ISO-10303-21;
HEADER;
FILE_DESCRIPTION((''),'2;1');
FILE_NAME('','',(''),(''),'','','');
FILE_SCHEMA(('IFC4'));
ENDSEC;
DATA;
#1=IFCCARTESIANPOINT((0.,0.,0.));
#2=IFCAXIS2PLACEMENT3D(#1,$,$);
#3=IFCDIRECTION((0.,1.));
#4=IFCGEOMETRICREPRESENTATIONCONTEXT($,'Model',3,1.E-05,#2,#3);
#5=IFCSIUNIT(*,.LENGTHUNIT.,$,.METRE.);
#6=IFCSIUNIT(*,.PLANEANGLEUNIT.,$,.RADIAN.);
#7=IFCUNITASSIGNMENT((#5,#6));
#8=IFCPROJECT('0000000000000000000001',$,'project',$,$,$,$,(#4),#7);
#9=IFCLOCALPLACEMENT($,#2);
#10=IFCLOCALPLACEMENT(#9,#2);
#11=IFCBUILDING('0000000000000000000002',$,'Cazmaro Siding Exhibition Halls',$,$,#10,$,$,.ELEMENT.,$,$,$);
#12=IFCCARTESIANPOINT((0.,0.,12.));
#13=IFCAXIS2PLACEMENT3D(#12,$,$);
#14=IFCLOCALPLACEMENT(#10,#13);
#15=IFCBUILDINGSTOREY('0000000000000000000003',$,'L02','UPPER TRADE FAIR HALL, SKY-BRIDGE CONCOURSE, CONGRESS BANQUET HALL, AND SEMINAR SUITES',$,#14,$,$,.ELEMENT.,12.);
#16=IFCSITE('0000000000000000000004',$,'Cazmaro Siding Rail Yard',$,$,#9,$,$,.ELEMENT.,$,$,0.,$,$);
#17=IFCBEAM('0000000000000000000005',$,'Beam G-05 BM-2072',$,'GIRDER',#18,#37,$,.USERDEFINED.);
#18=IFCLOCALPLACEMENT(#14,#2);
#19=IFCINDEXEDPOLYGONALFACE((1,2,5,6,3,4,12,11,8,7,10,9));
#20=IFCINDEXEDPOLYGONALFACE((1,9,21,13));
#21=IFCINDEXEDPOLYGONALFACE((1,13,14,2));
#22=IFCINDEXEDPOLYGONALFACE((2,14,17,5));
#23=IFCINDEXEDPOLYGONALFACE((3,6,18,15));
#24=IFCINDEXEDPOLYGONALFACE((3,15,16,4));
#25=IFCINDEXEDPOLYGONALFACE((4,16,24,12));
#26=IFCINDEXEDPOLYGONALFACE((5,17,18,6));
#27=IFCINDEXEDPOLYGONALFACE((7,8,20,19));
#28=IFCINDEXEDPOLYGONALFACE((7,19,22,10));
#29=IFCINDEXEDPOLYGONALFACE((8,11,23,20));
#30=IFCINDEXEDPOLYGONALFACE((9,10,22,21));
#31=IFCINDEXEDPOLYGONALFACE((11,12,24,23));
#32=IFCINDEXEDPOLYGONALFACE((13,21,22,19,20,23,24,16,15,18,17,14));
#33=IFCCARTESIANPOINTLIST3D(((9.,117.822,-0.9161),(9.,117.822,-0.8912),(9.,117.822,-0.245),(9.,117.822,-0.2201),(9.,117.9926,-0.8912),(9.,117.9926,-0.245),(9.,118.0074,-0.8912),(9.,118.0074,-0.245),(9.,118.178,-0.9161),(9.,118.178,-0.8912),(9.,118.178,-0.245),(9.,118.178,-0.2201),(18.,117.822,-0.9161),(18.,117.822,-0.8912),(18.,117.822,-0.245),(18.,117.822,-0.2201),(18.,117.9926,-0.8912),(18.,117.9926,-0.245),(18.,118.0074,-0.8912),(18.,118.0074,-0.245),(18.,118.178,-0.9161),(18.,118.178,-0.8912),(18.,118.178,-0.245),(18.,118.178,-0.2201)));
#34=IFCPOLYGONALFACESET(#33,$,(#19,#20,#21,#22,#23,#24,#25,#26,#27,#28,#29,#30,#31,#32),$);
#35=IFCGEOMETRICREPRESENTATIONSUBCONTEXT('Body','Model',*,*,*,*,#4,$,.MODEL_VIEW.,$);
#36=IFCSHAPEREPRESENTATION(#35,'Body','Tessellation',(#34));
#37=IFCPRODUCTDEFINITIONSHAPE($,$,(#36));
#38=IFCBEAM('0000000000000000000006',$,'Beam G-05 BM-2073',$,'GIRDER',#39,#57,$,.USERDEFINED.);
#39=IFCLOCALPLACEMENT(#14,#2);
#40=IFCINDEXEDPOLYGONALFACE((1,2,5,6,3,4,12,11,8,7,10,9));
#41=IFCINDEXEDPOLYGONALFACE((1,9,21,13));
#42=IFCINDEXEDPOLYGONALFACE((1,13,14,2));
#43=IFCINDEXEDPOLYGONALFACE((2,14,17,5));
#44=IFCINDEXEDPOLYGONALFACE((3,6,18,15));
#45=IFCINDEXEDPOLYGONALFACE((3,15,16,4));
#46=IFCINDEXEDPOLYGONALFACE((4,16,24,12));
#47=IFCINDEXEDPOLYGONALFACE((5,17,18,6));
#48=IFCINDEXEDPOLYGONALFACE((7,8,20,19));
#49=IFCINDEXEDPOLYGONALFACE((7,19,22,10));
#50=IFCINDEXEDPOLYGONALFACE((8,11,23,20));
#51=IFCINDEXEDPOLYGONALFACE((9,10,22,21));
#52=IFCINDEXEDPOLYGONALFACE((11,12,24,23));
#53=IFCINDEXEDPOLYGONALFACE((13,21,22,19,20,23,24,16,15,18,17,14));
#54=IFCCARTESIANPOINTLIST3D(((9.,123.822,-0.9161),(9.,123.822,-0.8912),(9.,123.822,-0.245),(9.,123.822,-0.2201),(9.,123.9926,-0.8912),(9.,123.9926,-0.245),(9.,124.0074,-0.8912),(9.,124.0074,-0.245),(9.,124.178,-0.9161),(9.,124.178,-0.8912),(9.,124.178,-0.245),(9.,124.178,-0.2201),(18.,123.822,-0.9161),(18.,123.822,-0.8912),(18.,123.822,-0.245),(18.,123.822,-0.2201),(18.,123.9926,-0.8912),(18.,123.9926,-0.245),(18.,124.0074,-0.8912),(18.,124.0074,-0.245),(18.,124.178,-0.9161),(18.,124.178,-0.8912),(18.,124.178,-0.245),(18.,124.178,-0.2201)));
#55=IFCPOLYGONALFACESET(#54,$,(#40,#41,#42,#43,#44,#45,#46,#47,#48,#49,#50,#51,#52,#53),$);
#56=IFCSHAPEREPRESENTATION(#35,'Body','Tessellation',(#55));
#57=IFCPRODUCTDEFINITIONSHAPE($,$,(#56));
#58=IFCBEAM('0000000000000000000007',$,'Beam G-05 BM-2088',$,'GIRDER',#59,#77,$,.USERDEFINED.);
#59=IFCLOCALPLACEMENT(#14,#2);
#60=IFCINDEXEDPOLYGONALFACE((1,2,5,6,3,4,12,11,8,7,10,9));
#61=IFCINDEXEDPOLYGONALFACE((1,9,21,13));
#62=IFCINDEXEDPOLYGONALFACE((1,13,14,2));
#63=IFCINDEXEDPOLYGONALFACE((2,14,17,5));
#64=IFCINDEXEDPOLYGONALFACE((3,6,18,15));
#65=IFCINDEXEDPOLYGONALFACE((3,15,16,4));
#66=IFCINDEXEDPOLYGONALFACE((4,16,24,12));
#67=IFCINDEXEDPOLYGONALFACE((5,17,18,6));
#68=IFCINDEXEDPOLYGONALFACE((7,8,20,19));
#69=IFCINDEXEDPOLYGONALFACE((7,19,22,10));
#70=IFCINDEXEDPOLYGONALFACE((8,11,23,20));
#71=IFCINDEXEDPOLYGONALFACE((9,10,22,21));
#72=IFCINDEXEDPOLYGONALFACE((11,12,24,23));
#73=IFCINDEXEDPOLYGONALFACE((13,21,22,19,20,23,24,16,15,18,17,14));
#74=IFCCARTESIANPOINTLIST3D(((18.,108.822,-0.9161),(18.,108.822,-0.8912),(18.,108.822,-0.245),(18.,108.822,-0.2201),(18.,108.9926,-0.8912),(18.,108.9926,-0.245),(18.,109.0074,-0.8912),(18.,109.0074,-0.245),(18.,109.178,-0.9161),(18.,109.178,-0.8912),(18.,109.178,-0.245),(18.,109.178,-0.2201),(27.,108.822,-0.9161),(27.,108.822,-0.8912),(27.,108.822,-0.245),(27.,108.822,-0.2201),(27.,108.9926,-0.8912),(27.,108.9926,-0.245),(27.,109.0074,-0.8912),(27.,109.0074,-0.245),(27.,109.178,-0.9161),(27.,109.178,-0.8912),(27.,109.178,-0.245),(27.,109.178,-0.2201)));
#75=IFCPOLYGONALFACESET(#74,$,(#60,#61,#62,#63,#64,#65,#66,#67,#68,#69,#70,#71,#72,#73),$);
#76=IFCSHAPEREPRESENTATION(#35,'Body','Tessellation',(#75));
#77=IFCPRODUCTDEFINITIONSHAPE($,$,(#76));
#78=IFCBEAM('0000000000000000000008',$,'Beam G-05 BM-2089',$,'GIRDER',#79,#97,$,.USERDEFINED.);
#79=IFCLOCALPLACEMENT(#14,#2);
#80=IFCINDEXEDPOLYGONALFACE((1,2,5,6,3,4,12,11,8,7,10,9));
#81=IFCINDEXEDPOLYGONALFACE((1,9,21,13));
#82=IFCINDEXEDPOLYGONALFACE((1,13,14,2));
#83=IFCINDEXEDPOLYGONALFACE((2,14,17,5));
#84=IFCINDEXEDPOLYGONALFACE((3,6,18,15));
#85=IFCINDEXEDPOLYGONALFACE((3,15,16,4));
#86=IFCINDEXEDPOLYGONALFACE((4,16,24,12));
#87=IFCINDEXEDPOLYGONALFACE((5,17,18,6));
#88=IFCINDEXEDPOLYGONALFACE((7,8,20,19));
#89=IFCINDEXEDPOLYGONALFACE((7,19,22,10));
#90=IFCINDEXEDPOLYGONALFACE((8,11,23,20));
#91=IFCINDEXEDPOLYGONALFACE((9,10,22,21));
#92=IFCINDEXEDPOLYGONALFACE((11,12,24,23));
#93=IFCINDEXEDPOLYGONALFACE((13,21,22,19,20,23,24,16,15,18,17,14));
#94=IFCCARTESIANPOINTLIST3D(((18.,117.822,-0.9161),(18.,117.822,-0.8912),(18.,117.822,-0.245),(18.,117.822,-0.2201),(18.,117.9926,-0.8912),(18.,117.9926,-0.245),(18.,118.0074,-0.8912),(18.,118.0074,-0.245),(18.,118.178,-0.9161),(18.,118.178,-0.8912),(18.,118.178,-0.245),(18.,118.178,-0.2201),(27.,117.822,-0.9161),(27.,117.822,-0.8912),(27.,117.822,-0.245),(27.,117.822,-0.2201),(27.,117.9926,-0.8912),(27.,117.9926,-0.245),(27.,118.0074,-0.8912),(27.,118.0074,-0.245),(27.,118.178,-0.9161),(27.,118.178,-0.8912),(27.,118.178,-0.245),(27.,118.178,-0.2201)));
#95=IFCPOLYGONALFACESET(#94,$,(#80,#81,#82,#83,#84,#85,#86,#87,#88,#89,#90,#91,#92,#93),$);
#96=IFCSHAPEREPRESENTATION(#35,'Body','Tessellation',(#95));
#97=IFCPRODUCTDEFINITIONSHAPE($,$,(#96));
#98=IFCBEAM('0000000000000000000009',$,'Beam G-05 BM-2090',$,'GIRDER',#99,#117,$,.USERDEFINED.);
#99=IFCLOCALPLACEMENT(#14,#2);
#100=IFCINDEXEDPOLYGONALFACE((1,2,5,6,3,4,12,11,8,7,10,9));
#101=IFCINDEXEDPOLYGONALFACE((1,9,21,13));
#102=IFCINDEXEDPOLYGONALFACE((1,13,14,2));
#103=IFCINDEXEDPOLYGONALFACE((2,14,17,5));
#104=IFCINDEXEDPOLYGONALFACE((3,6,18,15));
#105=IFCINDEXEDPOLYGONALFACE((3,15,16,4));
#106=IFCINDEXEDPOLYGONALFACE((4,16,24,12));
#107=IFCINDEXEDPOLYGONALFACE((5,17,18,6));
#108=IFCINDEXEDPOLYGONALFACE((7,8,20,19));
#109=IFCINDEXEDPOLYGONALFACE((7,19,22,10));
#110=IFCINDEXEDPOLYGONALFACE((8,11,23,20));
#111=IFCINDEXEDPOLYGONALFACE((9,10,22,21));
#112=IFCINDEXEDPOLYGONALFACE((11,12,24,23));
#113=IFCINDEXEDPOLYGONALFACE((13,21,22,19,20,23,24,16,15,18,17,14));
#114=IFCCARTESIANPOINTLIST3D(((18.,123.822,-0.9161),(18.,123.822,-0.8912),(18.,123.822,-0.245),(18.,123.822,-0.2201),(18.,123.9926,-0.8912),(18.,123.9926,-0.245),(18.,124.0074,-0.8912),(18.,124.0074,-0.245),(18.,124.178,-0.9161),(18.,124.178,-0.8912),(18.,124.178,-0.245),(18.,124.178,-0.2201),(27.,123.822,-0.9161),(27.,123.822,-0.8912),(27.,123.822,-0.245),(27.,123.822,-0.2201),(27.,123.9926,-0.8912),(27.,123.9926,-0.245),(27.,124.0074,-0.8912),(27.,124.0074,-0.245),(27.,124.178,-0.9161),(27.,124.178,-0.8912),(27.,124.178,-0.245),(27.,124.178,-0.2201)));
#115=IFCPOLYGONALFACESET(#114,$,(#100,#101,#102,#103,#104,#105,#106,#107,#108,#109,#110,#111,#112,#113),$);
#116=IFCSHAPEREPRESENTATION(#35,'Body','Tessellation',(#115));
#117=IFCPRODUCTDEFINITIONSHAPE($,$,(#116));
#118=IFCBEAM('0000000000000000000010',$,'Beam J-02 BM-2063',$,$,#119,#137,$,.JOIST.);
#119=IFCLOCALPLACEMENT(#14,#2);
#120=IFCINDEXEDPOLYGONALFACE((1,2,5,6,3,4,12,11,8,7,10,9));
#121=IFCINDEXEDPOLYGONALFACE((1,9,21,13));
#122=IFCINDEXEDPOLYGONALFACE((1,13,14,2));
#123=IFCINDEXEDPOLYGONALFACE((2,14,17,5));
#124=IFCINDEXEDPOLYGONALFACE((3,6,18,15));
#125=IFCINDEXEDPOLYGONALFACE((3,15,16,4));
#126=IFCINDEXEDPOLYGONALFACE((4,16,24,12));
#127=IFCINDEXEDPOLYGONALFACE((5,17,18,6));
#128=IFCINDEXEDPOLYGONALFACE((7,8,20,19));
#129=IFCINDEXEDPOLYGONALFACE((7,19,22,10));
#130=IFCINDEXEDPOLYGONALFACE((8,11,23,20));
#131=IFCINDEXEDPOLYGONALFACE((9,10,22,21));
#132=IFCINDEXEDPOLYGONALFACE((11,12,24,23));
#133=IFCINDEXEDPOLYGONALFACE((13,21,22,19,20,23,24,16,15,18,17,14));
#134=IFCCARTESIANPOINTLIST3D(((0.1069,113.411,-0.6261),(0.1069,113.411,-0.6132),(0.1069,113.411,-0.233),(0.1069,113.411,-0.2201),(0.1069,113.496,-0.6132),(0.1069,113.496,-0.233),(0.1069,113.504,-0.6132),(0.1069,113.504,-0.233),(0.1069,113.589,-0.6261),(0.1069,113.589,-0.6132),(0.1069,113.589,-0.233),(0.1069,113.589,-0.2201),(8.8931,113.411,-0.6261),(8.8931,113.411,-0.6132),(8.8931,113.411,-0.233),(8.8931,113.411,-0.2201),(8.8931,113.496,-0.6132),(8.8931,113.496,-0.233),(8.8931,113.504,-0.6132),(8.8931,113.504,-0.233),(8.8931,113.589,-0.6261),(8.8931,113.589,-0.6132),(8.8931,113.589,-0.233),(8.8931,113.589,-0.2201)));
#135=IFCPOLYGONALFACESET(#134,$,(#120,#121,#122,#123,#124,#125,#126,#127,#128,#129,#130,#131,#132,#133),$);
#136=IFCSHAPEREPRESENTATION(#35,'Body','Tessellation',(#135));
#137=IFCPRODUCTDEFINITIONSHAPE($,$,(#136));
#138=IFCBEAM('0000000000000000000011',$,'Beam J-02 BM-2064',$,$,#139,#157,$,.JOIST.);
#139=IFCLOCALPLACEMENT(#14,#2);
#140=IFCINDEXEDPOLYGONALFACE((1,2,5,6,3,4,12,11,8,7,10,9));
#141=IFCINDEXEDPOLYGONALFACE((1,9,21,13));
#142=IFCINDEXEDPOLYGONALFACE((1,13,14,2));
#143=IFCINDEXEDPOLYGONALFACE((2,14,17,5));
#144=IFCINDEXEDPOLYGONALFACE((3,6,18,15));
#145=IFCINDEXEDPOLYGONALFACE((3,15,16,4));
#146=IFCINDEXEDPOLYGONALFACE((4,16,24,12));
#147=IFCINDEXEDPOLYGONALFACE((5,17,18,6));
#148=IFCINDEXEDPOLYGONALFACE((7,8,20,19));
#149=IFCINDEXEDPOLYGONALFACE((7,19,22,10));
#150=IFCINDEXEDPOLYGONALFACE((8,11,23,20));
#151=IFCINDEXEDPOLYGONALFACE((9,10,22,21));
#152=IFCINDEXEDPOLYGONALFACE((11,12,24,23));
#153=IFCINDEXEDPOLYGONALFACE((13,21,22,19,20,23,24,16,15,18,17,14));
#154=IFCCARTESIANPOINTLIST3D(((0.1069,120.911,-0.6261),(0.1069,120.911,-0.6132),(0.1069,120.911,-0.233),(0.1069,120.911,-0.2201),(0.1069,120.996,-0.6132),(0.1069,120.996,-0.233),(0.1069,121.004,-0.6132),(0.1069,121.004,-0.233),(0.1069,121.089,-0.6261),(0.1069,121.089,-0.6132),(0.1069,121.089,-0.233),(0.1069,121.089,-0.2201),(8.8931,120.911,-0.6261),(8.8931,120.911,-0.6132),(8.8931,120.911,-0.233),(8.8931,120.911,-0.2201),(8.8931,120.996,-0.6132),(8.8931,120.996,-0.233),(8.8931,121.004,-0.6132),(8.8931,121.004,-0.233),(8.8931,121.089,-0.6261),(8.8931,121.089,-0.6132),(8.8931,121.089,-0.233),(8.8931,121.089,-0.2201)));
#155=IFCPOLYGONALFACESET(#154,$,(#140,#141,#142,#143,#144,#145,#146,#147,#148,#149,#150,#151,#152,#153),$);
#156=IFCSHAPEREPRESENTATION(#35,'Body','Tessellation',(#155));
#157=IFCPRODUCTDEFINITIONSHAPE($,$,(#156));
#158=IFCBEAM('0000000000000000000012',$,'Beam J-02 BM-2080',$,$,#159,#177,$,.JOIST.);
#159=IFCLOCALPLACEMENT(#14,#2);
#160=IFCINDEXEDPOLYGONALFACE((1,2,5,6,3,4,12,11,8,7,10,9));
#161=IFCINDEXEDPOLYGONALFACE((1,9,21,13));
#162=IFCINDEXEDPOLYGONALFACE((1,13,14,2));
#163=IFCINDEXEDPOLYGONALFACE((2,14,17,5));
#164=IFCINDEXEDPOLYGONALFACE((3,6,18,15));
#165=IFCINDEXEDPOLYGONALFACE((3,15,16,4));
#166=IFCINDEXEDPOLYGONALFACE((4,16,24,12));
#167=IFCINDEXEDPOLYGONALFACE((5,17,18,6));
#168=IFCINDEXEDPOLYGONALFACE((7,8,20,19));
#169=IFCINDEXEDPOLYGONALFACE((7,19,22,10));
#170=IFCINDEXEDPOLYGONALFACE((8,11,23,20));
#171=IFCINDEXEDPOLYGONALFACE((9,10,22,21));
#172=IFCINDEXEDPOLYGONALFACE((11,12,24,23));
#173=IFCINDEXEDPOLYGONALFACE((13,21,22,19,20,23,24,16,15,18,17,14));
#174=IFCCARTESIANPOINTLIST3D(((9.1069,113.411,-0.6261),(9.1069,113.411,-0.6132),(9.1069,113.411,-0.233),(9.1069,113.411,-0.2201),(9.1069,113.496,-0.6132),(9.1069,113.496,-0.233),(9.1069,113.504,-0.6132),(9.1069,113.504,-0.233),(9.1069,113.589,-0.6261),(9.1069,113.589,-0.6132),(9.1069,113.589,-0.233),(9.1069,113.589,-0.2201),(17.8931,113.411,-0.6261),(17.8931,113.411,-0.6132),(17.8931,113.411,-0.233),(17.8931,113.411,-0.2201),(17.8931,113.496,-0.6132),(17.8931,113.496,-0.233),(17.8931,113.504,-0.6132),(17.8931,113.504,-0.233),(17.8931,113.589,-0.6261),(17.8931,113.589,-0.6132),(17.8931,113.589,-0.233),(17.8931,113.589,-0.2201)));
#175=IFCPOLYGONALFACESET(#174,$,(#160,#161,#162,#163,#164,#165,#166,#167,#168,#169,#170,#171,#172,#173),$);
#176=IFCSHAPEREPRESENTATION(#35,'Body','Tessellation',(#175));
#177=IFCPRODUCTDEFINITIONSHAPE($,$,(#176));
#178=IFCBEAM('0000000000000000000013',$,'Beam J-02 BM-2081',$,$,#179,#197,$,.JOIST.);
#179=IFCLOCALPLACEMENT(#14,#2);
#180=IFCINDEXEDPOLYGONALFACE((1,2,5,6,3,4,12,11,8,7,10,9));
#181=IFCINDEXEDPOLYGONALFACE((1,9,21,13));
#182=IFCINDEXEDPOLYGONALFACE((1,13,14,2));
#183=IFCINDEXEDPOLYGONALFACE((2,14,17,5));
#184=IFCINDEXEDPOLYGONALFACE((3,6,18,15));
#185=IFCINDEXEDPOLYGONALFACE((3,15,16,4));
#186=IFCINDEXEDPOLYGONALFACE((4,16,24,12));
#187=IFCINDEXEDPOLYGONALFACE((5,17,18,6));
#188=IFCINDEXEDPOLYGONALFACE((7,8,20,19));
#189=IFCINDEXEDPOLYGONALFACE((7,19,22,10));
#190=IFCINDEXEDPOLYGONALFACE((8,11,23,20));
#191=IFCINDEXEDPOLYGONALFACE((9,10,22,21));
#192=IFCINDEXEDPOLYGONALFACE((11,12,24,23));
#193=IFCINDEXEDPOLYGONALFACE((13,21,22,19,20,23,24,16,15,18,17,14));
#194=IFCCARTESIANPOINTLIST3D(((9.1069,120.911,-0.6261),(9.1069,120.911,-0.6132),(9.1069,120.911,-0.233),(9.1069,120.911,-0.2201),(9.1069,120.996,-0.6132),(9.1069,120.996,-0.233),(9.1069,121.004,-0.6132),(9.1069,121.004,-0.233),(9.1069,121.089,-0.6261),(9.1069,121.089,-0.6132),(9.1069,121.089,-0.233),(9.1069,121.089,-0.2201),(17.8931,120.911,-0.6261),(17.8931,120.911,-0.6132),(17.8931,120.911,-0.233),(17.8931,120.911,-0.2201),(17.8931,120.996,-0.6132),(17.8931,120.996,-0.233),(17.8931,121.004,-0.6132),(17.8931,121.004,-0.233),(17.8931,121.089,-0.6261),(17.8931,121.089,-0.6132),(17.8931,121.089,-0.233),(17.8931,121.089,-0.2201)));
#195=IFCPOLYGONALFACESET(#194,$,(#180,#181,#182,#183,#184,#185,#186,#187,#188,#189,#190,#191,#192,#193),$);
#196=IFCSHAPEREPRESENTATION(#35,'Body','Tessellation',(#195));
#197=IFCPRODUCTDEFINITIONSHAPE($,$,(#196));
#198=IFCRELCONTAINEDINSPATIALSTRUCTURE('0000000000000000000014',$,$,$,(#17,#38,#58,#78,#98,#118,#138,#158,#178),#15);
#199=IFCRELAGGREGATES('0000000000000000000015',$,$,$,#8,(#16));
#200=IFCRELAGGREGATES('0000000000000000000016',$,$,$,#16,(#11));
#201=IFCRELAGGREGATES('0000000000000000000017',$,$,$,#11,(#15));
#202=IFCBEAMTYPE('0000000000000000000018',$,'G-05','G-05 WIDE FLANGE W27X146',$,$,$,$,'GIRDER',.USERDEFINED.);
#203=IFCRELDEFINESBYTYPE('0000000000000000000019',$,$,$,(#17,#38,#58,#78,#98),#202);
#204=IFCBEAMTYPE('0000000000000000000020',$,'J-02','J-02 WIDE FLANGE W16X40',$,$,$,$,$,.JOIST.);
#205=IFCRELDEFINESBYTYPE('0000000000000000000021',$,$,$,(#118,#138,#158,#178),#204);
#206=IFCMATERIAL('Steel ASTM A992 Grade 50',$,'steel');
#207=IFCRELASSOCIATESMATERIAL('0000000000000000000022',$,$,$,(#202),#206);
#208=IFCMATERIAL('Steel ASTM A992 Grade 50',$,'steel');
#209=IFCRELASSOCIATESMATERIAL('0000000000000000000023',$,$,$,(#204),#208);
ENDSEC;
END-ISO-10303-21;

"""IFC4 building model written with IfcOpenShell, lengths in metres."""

from ifc_helpers import new_model, si_unit, direction, frame, origin, origin_2d, place, context, subcontext, project, spatial, i_section, extrude, material, material_profile, profile_set, type_object, element, save


model = new_model("IFC4")

# Units and contexts
model_context = context("Model", 3, precision=1e-05, world=origin(), true_north=direction((0.0, 1.0)))
body_context = subcontext(model_context, "Body", "Model", "MODEL_VIEW")
ifc_project = project(units=[si_unit("LENGTHUNIT", "METRE"), si_unit("PLANEANGLEUNIT", "RADIAN")], contexts=[model_context])

# Site, building, storey
site_placement = place(None, origin())
site = spatial("IfcSite", under=ifc_project, at=site_placement, Name="Cazmaro Siding Rail Yard", CompositionType="ELEMENT", RefElevation=0.0)
building_placement = place(site_placement, origin())
building = spatial("IfcBuilding", under=site, at=building_placement, Name="Cazmaro Siding Exhibition Halls", CompositionType="ELEMENT")
storey_placement = place(building_placement, frame((0.0, 0.0, 12.0)))
storey = spatial("IfcBuildingStorey", under=building, at=storey_placement, Name="L02", Description="UPPER TRADE FAIR HALL, SKY-BRIDGE CONCOURSE, CONGRESS BANQUET HALL, AND SEMINAR SUITES", CompositionType="ELEMENT", Elevation=12.0)

# Beams
ifc_material_1 = material(Name="Steel ASTM A992 Grade 50", Category="steel")
ifc_material_profile_1 = material_profile(ifc_material_1, i_section(OverallWidth=0.356, OverallDepth=0.696, WebThickness=0.0149, FlangeThickness=0.0249, at=origin_2d()), Name="W27X146")
ifc_profile_set_1 = profile_set([ifc_material_profile_1], Name="Steel ASTM A992 Grade 50")
beam_type_1 = type_object("IfcBeamType", Name="G-05", Description="G-05 WIDE FLANGE W27X146", ElementType="GIRDER", PredefinedType="USERDEFINED", material=ifc_profile_set_1)
for number, where, z_axis, x_axis, name in (
    (1, (9.0, 118.0, -0.5681), (1.0, 0.0, 0.0), (0.0, 1.0, 0.0), "Beam G-05 BM-2072"),
    (2, (9.0, 124.0, -0.5681), (1.0, 0.0, 0.0), (0.0, 1.0, 0.0), "Beam G-05 BM-2073"),
    (3, (18.0, 109.0, -0.5681), (1.0, 0.0, 0.0), (0.0, 1.0, 0.0), "Beam G-05 BM-2088"),
    (4, (18.0, 118.0, -0.5681), (1.0, 0.0, 0.0), (0.0, 1.0, 0.0), "Beam G-05 BM-2089"),
    (5, (18.0, 124.0, -0.5681), (1.0, 0.0, 0.0), (0.0, 1.0, 0.0), "Beam G-05 BM-2090"),
):
    element("IfcBeam", number, at=place(storey_placement, frame(where, z_axis=z_axis, x_axis=x_axis)), inside=storey, type_object=beam_type_1, Name=name, ObjectType="GIRDER", PredefinedType="USERDEFINED", context=body_context, shape_type="SweptSolid", body=[
        extrude(i_section(OverallWidth=0.356, OverallDepth=0.696, WebThickness=0.0149, FlangeThickness=0.0249, at=origin_2d()), origin(), (0.0, 0.0, 1.0), 9.0),
    ])
ifc_material_2 = material(Name="Steel ASTM A992 Grade 50", Category="steel")
ifc_material_profile_2 = material_profile(ifc_material_2, i_section(OverallWidth=0.178, OverallDepth=0.406, WebThickness=0.0081, FlangeThickness=0.0129, at=origin_2d()), Name="W16X40")
ifc_profile_set_2 = profile_set([ifc_material_profile_2], Name="Steel ASTM A992 Grade 50")
beam_type_2 = type_object("IfcBeamType", Name="J-02", Description="J-02 WIDE FLANGE W16X40", PredefinedType="JOIST", material=ifc_profile_set_2)
for number, where, z_axis, x_axis, name in (
    (6, (0.1069, 113.5, -0.4231), (1.0, 0.0, 0.0), (0.0, 1.0, 0.0), "Beam J-02 BM-2063"),
    (7, (0.1069, 121.0, -0.4231), (1.0, 0.0, 0.0), (0.0, 1.0, 0.0), "Beam J-02 BM-2064"),
    (8, (9.1069, 113.5, -0.4231), (1.0, 0.0, 0.0), (0.0, 1.0, 0.0), "Beam J-02 BM-2080"),
    (9, (9.1069, 121.0, -0.4231), (1.0, 0.0, 0.0), (0.0, 1.0, 0.0), "Beam J-02 BM-2081"),
):
    element("IfcBeam", number, at=place(storey_placement, frame(where, z_axis=z_axis, x_axis=x_axis)), inside=storey, type_object=beam_type_2, Name=name, PredefinedType="JOIST", context=body_context, shape_type="SweptSolid", body=[
        extrude(i_section(OverallWidth=0.178, OverallDepth=0.406, WebThickness=0.0081, FlangeThickness=0.0129, at=origin_2d()), origin(), (0.0, 0.0, 1.0), 8.7861),
    ])

save(model, "model.ifc")
